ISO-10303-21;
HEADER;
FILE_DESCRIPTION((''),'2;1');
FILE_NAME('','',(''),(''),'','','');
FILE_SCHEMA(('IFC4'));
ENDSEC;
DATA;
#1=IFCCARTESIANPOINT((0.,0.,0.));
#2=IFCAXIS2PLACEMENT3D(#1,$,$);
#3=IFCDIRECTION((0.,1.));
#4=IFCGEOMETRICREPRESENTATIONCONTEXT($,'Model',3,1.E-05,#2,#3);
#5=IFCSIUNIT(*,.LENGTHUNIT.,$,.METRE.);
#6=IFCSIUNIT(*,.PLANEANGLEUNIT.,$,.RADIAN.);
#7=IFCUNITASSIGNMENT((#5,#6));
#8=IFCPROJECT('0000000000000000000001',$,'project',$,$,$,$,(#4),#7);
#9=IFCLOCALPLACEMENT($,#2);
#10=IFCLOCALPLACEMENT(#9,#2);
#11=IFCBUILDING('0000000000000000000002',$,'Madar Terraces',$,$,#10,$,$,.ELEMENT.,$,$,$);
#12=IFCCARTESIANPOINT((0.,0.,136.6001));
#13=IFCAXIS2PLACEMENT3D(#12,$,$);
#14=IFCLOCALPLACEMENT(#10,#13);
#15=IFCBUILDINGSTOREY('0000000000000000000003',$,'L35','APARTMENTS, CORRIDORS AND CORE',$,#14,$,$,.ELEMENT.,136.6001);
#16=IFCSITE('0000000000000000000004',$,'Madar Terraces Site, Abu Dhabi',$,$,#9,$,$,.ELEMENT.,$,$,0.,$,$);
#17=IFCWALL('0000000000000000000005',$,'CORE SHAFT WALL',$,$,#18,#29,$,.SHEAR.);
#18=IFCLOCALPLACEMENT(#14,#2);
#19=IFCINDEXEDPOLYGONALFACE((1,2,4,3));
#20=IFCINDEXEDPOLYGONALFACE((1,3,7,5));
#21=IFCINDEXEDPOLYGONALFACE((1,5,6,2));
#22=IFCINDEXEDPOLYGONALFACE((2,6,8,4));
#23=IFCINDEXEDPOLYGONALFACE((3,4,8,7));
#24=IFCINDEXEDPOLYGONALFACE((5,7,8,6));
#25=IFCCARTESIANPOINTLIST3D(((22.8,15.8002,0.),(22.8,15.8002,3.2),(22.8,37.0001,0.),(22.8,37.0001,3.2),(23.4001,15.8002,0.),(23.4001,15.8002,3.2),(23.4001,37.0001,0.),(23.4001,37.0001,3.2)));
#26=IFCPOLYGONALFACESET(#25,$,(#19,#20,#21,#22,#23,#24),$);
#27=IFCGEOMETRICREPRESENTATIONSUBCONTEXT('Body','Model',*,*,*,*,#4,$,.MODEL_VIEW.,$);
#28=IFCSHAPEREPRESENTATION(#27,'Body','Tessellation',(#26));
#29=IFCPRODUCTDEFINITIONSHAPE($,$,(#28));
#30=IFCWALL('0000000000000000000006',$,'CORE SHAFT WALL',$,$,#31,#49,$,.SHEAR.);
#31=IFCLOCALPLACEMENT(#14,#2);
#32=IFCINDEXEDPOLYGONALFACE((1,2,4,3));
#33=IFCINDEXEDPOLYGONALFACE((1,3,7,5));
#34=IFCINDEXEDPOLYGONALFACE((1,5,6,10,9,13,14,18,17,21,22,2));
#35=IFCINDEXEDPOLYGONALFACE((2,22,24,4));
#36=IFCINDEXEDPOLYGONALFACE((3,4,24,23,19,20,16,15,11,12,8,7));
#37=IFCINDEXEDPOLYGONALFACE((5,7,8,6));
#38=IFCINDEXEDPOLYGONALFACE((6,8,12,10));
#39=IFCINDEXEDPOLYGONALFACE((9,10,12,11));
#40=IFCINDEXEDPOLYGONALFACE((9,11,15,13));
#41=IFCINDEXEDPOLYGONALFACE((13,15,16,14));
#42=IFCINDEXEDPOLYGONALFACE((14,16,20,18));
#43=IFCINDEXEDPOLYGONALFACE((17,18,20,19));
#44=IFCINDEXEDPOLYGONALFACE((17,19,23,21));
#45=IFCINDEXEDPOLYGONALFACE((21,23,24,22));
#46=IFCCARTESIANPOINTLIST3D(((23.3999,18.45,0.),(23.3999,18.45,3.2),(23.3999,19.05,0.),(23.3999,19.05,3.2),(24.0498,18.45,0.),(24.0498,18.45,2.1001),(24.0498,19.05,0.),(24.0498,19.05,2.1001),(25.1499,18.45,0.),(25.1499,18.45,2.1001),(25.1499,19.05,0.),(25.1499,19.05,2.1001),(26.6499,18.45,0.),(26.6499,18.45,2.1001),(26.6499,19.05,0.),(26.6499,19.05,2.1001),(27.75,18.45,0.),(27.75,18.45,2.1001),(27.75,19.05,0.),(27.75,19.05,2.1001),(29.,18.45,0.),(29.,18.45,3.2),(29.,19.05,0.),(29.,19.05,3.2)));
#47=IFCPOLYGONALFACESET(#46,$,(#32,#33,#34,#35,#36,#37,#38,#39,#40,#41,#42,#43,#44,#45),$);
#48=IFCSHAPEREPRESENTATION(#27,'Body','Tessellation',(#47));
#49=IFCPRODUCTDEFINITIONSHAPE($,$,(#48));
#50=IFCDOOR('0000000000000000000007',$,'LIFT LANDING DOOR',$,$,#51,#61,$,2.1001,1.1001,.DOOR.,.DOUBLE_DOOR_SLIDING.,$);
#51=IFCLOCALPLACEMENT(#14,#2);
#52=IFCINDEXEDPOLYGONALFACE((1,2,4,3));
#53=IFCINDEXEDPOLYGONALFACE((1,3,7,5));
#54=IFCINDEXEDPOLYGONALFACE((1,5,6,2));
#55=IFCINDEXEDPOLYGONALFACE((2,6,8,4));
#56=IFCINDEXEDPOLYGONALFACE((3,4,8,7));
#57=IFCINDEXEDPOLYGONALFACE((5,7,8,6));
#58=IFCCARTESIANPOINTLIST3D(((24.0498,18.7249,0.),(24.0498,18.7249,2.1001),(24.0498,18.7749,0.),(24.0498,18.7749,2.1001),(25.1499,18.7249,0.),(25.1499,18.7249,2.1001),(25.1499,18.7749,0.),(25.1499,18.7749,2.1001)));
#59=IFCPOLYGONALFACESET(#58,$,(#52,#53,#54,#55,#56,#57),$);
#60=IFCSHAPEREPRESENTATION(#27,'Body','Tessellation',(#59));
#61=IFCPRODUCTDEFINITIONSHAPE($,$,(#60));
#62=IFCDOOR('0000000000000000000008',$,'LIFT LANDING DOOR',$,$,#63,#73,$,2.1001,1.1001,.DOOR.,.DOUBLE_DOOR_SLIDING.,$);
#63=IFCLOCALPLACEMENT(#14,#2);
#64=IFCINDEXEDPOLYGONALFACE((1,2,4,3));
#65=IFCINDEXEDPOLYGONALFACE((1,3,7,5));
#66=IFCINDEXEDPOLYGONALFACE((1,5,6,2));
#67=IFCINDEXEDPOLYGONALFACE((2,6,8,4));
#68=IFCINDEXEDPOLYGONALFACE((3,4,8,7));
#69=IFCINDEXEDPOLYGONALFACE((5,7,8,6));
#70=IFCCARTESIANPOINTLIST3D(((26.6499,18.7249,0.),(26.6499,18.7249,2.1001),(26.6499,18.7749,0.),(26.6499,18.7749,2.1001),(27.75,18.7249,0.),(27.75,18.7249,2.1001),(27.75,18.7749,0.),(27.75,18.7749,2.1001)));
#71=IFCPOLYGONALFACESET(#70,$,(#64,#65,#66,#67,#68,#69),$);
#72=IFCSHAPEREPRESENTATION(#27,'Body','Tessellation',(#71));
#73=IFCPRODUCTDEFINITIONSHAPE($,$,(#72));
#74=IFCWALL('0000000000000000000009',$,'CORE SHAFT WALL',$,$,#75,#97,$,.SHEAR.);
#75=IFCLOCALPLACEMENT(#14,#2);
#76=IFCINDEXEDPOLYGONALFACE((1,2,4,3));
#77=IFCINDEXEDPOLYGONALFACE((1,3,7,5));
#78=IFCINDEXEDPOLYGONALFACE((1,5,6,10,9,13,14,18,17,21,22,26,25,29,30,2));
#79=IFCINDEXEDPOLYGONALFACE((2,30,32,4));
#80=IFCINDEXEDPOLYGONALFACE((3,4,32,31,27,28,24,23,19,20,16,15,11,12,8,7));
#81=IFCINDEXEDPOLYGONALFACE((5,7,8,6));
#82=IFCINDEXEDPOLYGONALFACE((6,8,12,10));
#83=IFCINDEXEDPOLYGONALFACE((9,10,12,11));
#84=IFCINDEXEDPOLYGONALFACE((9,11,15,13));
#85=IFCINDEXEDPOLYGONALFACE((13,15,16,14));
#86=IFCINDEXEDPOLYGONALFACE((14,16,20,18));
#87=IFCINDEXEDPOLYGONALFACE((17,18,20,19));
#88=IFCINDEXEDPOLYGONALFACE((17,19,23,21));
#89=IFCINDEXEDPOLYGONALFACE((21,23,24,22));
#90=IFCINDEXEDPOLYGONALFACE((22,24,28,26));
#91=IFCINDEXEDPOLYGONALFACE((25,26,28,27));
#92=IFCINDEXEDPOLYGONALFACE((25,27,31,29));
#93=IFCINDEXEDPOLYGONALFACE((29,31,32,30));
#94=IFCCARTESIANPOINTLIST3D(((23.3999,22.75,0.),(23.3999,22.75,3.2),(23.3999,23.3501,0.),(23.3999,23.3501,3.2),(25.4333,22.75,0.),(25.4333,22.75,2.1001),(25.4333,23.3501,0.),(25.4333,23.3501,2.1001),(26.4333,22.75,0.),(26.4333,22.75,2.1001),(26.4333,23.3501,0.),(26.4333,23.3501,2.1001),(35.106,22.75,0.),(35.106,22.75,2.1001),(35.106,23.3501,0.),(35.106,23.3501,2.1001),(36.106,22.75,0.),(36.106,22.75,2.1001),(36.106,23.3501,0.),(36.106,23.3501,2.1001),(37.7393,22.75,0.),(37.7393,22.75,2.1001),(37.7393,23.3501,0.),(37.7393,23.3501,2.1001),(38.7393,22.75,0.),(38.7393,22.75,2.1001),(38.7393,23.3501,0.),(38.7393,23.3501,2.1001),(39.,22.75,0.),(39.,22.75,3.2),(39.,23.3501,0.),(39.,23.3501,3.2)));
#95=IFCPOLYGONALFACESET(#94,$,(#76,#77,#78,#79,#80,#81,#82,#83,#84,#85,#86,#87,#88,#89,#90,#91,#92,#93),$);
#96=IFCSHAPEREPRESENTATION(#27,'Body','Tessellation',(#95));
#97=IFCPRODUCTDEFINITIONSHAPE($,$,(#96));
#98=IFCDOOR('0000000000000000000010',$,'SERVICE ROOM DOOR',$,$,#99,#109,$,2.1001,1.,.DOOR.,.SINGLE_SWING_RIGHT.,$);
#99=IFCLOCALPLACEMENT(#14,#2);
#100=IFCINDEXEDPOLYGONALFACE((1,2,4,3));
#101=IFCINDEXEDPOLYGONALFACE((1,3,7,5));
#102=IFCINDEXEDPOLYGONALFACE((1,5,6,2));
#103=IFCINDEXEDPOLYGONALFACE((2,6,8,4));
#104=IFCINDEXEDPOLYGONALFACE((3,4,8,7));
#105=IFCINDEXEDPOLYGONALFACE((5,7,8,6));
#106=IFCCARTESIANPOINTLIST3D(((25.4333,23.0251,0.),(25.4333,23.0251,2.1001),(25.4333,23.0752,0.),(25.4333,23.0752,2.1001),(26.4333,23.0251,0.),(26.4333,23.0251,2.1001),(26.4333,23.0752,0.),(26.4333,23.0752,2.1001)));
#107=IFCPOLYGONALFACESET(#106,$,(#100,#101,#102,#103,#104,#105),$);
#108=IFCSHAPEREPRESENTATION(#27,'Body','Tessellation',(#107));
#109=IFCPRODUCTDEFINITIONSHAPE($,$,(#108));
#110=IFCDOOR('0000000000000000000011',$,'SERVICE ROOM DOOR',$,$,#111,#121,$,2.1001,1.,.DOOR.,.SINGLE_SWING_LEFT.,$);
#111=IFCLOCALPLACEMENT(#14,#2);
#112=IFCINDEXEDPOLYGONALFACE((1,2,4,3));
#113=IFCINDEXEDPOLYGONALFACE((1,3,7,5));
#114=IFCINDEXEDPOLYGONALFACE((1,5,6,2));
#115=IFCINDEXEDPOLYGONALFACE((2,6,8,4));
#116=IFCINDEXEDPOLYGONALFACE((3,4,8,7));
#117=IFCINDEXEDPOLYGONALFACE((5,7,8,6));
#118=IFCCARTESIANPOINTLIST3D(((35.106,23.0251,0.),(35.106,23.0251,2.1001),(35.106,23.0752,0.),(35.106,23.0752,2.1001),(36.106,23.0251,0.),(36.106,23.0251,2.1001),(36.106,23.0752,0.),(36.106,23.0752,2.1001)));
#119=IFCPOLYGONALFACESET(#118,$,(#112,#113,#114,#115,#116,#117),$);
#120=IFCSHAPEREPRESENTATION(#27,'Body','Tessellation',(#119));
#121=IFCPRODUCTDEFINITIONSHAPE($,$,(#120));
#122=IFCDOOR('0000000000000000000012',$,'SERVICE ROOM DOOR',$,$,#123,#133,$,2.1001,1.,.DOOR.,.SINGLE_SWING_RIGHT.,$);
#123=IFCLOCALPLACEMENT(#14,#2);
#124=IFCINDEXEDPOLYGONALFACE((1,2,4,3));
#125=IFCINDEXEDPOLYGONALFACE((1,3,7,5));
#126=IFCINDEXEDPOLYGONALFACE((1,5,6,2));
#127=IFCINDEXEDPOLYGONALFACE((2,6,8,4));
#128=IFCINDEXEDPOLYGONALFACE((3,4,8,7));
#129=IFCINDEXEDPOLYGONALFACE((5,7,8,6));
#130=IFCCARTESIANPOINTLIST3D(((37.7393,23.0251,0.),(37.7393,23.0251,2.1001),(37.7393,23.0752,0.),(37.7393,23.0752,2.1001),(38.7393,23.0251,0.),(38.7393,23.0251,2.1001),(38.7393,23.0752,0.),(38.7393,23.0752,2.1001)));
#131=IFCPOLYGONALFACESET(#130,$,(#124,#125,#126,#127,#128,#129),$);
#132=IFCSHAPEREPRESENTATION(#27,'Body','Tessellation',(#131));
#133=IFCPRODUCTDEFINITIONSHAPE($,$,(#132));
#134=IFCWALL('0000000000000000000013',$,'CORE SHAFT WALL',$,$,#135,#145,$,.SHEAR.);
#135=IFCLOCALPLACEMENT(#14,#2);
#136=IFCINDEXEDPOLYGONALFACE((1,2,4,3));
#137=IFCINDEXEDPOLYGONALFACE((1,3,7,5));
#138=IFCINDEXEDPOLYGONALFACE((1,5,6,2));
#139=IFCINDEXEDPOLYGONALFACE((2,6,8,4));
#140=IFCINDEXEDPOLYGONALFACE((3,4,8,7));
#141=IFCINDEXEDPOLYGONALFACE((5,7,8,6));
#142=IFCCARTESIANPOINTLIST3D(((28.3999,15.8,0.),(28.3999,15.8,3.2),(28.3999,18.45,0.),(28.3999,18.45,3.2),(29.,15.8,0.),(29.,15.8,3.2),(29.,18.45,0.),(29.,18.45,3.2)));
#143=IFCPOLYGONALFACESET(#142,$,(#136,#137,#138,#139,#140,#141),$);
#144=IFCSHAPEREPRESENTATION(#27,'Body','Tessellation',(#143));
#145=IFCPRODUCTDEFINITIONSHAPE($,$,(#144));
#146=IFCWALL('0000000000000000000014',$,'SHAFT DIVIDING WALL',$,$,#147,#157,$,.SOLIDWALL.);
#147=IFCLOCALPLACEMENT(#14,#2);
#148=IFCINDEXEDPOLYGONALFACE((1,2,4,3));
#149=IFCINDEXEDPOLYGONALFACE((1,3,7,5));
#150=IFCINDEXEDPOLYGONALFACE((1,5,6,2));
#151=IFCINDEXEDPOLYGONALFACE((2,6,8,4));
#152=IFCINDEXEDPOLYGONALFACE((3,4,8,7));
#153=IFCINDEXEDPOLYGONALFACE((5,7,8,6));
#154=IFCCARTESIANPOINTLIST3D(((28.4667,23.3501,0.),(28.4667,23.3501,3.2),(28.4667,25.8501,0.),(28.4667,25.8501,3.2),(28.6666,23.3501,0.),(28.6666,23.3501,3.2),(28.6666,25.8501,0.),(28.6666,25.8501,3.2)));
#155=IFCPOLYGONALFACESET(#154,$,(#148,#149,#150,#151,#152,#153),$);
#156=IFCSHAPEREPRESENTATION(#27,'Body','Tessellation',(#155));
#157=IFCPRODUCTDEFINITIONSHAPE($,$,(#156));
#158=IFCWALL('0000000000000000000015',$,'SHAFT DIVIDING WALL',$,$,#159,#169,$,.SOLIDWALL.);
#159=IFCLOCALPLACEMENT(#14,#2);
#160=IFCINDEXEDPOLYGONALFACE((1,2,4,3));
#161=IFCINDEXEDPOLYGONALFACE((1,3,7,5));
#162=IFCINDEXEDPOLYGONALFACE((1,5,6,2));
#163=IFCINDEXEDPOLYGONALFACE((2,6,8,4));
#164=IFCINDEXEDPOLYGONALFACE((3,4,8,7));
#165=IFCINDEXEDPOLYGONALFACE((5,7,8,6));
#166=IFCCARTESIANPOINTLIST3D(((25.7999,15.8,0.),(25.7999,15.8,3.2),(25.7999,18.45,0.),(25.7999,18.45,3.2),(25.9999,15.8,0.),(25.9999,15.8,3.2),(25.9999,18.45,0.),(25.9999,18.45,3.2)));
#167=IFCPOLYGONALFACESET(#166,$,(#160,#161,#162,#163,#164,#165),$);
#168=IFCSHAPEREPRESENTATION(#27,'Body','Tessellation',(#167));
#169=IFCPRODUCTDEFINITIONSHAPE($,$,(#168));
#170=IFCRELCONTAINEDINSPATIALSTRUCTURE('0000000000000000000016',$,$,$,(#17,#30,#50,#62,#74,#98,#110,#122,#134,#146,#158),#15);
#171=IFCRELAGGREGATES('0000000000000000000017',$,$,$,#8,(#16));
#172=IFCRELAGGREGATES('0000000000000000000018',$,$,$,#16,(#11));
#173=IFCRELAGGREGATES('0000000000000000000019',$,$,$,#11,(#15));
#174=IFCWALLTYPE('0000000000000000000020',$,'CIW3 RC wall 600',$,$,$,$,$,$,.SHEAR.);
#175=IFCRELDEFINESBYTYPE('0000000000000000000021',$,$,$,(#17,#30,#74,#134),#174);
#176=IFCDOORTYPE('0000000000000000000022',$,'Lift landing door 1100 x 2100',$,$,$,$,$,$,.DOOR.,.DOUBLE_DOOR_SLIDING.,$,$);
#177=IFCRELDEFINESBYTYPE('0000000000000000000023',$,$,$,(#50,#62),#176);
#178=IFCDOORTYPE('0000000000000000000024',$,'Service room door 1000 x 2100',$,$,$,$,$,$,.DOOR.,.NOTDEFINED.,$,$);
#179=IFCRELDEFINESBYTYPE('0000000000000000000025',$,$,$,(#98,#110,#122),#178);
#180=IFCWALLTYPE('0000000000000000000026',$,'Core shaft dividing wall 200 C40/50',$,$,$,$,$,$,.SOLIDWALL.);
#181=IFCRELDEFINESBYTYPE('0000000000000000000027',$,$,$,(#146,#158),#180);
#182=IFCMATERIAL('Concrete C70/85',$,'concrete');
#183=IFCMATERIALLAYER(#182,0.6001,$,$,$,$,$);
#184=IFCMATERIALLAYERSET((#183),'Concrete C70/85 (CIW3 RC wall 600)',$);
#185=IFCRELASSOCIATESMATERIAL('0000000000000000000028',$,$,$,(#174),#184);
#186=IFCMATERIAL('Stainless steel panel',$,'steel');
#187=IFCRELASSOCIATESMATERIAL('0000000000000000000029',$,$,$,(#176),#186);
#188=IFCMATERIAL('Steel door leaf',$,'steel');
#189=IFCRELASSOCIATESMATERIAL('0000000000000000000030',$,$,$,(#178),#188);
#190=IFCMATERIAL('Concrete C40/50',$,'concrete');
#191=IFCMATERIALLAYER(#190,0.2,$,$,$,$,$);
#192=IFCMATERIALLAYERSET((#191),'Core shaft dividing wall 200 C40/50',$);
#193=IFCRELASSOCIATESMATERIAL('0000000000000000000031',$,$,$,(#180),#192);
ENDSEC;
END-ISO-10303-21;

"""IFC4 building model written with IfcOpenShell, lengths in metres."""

from ifc_helpers import new_model, si_unit, direction, frame, frame_2d, origin, place, context, subcontext, project, spatial, rectangle, extrude, material, layer, layer_set, type_object, element, fill, save


model = new_model("IFC4")

# Units and contexts
model_context = context("Model", 3, precision=1e-05, world=origin(), true_north=direction((0.0, 1.0)))
body_context = subcontext(model_context, "Body", "Model", "MODEL_VIEW")
ifc_project = project(units=[si_unit("LENGTHUNIT", "METRE"), si_unit("PLANEANGLEUNIT", "RADIAN")], contexts=[model_context])

# Site, building, storey
site_placement = place(None, origin())
site = spatial("IfcSite", under=ifc_project, at=site_placement, Name="Madar Terraces Site, Abu Dhabi", CompositionType="ELEMENT", RefElevation=0.0)
building_placement = place(site_placement, origin())
building = spatial("IfcBuilding", under=site, at=building_placement, Name="Madar Terraces", CompositionType="ELEMENT")
storey_placement = place(building_placement, frame((0.0, 0.0, 136.6001)))
storey = spatial("IfcBuildingStorey", under=building, at=storey_placement, Name="L35", Description="APARTMENTS, CORRIDORS AND CORE", CompositionType="ELEMENT", Elevation=136.6001)

# Wall
ifc_material_1 = material(Name="Concrete C70/85", Category="concrete")
ifc_layer_1 = layer(ifc_material_1, 0.6001)
ifc_layer_set_1 = layer_set([ifc_layer_1], Name="Concrete C70/85 (CIW3 RC wall 600)")
wall_type_1 = type_object("IfcWallType", Name="CIW3 RC wall 600", PredefinedType="SHEAR", material=ifc_layer_set_1)
wall_1_placement = place(storey_placement, frame((23.1001, 15.8, 0.0), z_axis=(0.0, 0.0, 1.0), x_axis=(0.0, 1.0, 0.0)))
element("IfcWall", 1, at=wall_1_placement, inside=storey, type_object=wall_type_1, Name="CORE SHAFT WALL", PredefinedType="SHEAR", context=body_context, shape_type="SweptSolid", body=[
    extrude(rectangle(XDim=21.2, YDim=0.6001, at=frame_2d((10.6001, 0.0))), origin(), (0.0, 0.0, 1.0), 3.2),
])

# Walls, openings, doors
wall_2_placement = place(storey_placement, frame((23.3999, 18.75, 0.0), z_axis=(0.0, 0.0, 1.0), x_axis=(1.0, 0.0, 0.0)))
wall_2 = element("IfcWall", 2, at=wall_2_placement, inside=storey, type_object=wall_type_1, Name="CORE SHAFT WALL", PredefinedType="SHEAR", context=body_context, shape_type="SweptSolid", body=[
    extrude(rectangle(XDim=5.6001, YDim=0.6001, at=frame_2d((2.8, 0.0))), origin(), (0.0, 0.0, 1.0), 3.2),
])
opening_1_placement = place(wall_2_placement, frame((0.6499, 0.0, 0.0)))
opening_1 = element("IfcOpeningElement", 3, at=opening_1_placement, cuts=wall_2, PredefinedType="OPENING", context=body_context, shape_type="SweptSolid", body=[
    extrude(rectangle(XDim=1.1001, YDim=2.1001, at=frame_2d((0.55, 1.05))), frame((0.0, 0.3101, 0.0), z_axis=(0.0, -1.0, 0.0), x_axis=(1.0, 0.0, 0.0)), (0.0, 0.0, 1.0), 0.6201),
])
opening_2_placement = place(wall_2_placement, frame((3.25, 0.0, 0.0)))
opening_2 = element("IfcOpeningElement", 4, at=opening_2_placement, cuts=wall_2, PredefinedType="OPENING", context=body_context, shape_type="SweptSolid", body=[
    extrude(rectangle(XDim=1.1001, YDim=2.1001, at=frame_2d((0.55, 1.05))), frame((0.0, 0.3101, 0.0), z_axis=(0.0, -1.0, 0.0), x_axis=(1.0, 0.0, 0.0)), (0.0, 0.0, 1.0), 0.6201),
])
ifc_material_2 = material(Name="Stainless steel panel", Category="steel")
door_type_1 = type_object("IfcDoorType", Name="Lift landing door 1100 x 2100", OperationType="DOUBLE_DOOR_SLIDING", PredefinedType="DOOR", material=ifc_material_2)
door_1_placement = place(opening_1_placement, origin())
door_1 = element("IfcDoor", 5, at=door_1_placement, inside=storey, type_object=door_type_1, Name="LIFT LANDING DOOR", OperationType="DOUBLE_DOOR_SLIDING", OverallHeight=2.1001, OverallWidth=1.1001, PredefinedType="DOOR", context=body_context, shape_type="SweptSolid", body=[
    extrude(rectangle(XDim=1.1001, YDim=2.1001, at=frame_2d((0.55, 1.05))), frame((0.0, 0.0249, 0.0), z_axis=(0.0, -1.0, 0.0), x_axis=(1.0, 0.0, 0.0)), (0.0, 0.0, 1.0), 0.05),
])
fill(opening_1, door_1)
door_2_placement = place(opening_2_placement, origin())
door_2 = element("IfcDoor", 6, at=door_2_placement, inside=storey, type_object=door_type_1, Name="LIFT LANDING DOOR", OperationType="DOUBLE_DOOR_SLIDING", OverallHeight=2.1001, OverallWidth=1.1001, PredefinedType="DOOR", context=body_context, shape_type="SweptSolid", body=[
    extrude(rectangle(XDim=1.1001, YDim=2.1001, at=frame_2d((0.55, 1.05))), frame((0.0, 0.0249, 0.0), z_axis=(0.0, -1.0, 0.0), x_axis=(1.0, 0.0, 0.0)), (0.0, 0.0, 1.0), 0.05),
])
fill(opening_2, door_2)
wall_3_placement = place(storey_placement, frame((23.3999, 23.05, 0.0), z_axis=(0.0, 0.0, 1.0), x_axis=(1.0, 0.0, 0.0)))
wall_3 = element("IfcWall", 7, at=wall_3_placement, inside=storey, type_object=wall_type_1, Name="CORE SHAFT WALL", PredefinedType="SHEAR", context=body_context, shape_type="SweptSolid", body=[
    extrude(rectangle(XDim=15.6001, YDim=0.6001, at=frame_2d((7.8, 0.0))), origin(), (0.0, 0.0, 1.0), 3.2),
])
opening_3_placement = place(wall_3_placement, frame((2.0334, 0.0, 0.0)))
opening_3 = element("IfcOpeningElement", 8, at=opening_3_placement, cuts=wall_3, PredefinedType="OPENING", context=body_context, shape_type="SweptSolid", body=[
    extrude(rectangle(XDim=1.0, YDim=2.1001, at=frame_2d((0.5, 1.05))), frame((0.0, 0.3101, 0.0), z_axis=(0.0, -1.0, 0.0), x_axis=(1.0, 0.0, 0.0)), (0.0, 0.0, 1.0), 0.6201),
])
opening_4_placement = place(wall_3_placement, frame((11.7061, 0.0, 0.0)))
opening_4 = element("IfcOpeningElement", 9, at=opening_4_placement, cuts=wall_3, PredefinedType="OPENING", context=body_context, shape_type="SweptSolid", body=[
    extrude(rectangle(XDim=1.0, YDim=2.1001, at=frame_2d((0.5, 1.05))), frame((0.0, 0.3101, 0.0), z_axis=(0.0, -1.0, 0.0), x_axis=(1.0, 0.0, 0.0)), (0.0, 0.0, 1.0), 0.6201),
])
opening_5_placement = place(wall_3_placement, frame((14.3394, 0.0, 0.0)))
opening_5 = element("IfcOpeningElement", 10, at=opening_5_placement, cuts=wall_3, PredefinedType="OPENING", context=body_context, shape_type="SweptSolid", body=[
    extrude(rectangle(XDim=1.0, YDim=2.1001, at=frame_2d((0.5, 1.05))), frame((0.0, 0.3101, 0.0), z_axis=(0.0, -1.0, 0.0), x_axis=(1.0, 0.0, 0.0)), (0.0, 0.0, 1.0), 0.6201),
])
ifc_material_3 = material(Name="Steel door leaf", Category="steel")
door_type_2 = type_object("IfcDoorType", Name="Service room door 1000 x 2100", OperationType="NOTDEFINED", PredefinedType="DOOR", material=ifc_material_3)
door_3_placement = place(opening_3_placement, frame((1.0, 0.0, 0.0), z_axis=(0.0, 0.0, 1.0), x_axis=(-1.0, 0.0, 0.0)))
door_3 = element("IfcDoor", 11, at=door_3_placement, inside=storey, type_object=door_type_2, Name="SERVICE ROOM DOOR", OperationType="SINGLE_SWING_RIGHT", OverallHeight=2.1001, OverallWidth=1.0, PredefinedType="DOOR", context=body_context, shape_type="SweptSolid", body=[
    extrude(rectangle(XDim=1.0, YDim=2.1001, at=frame_2d((0.5, 1.05))), frame((0.0, 0.0249, 0.0), z_axis=(0.0, -1.0, 0.0), x_axis=(1.0, 0.0, 0.0)), (0.0, 0.0, 1.0), 0.05),
])
fill(opening_3, door_3)
door_4_placement = place(opening_4_placement, frame((1.0, 0.0, 0.0), z_axis=(0.0, 0.0, 1.0), x_axis=(-1.0, 0.0, 0.0)))
door_4 = element("IfcDoor", 12, at=door_4_placement, inside=storey, type_object=door_type_2, Name="SERVICE ROOM DOOR", OperationType="SINGLE_SWING_LEFT", OverallHeight=2.1001, OverallWidth=1.0, PredefinedType="DOOR", context=body_context, shape_type="SweptSolid", body=[
    extrude(rectangle(XDim=1.0, YDim=2.1001, at=frame_2d((0.5, 1.05))), frame((0.0, 0.0249, 0.0), z_axis=(0.0, -1.0, 0.0), x_axis=(1.0, 0.0, 0.0)), (0.0, 0.0, 1.0), 0.05),
])
fill(opening_4, door_4)
door_5_placement = place(opening_5_placement, frame((1.0, 0.0, 0.0), z_axis=(0.0, 0.0, 1.0), x_axis=(-1.0, 0.0, 0.0)))
door_5 = element("IfcDoor", 13, at=door_5_placement, inside=storey, type_object=door_type_2, Name="SERVICE ROOM DOOR", OperationType="SINGLE_SWING_RIGHT", OverallHeight=2.1001, OverallWidth=1.0, PredefinedType="DOOR", context=body_context, shape_type="SweptSolid", body=[
    extrude(rectangle(XDim=1.0, YDim=2.1001, at=frame_2d((0.5, 1.05))), frame((0.0, 0.0249, 0.0), z_axis=(0.0, -1.0, 0.0), x_axis=(1.0, 0.0, 0.0)), (0.0, 0.0, 1.0), 0.05),
])
fill(opening_5, door_5)

# Walls
wall_4_placement = place(storey_placement, frame((28.7, 15.8, 0.0), z_axis=(0.0, 0.0, 1.0), x_axis=(0.0, 1.0, 0.0)))
element("IfcWall", 14, at=wall_4_placement, inside=storey, type_object=wall_type_1, Name="CORE SHAFT WALL", PredefinedType="SHEAR", context=body_context, shape_type="SweptSolid", body=[
    extrude(rectangle(XDim=2.6499, YDim=0.6001, at=frame_2d((1.325, 0.0))), origin(), (0.0, 0.0, 1.0), 3.2),
])
ifc_material_4 = material(Name="Concrete C40/50", Category="concrete")
ifc_layer_2 = layer(ifc_material_4, 0.2)
ifc_layer_set_2 = layer_set([ifc_layer_2], Name="Core shaft dividing wall 200 C40/50")
wall_type_2 = type_object("IfcWallType", Name="Core shaft dividing wall 200 C40/50", PredefinedType="SOLIDWALL", material=ifc_layer_set_2)
wall_5_placement = place(storey_placement, frame((28.5667, 23.3501, 0.0), z_axis=(0.0, 0.0, 1.0), x_axis=(0.0, 1.0, 0.0)))
element("IfcWall", 15, at=wall_5_placement, inside=storey, type_object=wall_type_2, Name="SHAFT DIVIDING WALL", PredefinedType="SOLIDWALL", context=body_context, shape_type="SweptSolid", body=[
    extrude(rectangle(XDim=2.5, YDim=0.2, at=frame_2d((1.25, 0.0))), origin(), (0.0, 0.0, 1.0), 3.2),
])
wall_6_placement = place(storey_placement, frame((25.8999, 15.8, 0.0), z_axis=(0.0, 0.0, 1.0), x_axis=(0.0, 1.0, 0.0)))
element("IfcWall", 16, at=wall_6_placement, inside=storey, type_object=wall_type_2, Name="SHAFT DIVIDING WALL", PredefinedType="SOLIDWALL", context=body_context, shape_type="SweptSolid", body=[
    extrude(rectangle(XDim=2.6499, YDim=0.2, at=frame_2d((1.325, 0.0))), origin(), (0.0, 0.0, 1.0), 3.2),
])

save(model, "model.ifc")
